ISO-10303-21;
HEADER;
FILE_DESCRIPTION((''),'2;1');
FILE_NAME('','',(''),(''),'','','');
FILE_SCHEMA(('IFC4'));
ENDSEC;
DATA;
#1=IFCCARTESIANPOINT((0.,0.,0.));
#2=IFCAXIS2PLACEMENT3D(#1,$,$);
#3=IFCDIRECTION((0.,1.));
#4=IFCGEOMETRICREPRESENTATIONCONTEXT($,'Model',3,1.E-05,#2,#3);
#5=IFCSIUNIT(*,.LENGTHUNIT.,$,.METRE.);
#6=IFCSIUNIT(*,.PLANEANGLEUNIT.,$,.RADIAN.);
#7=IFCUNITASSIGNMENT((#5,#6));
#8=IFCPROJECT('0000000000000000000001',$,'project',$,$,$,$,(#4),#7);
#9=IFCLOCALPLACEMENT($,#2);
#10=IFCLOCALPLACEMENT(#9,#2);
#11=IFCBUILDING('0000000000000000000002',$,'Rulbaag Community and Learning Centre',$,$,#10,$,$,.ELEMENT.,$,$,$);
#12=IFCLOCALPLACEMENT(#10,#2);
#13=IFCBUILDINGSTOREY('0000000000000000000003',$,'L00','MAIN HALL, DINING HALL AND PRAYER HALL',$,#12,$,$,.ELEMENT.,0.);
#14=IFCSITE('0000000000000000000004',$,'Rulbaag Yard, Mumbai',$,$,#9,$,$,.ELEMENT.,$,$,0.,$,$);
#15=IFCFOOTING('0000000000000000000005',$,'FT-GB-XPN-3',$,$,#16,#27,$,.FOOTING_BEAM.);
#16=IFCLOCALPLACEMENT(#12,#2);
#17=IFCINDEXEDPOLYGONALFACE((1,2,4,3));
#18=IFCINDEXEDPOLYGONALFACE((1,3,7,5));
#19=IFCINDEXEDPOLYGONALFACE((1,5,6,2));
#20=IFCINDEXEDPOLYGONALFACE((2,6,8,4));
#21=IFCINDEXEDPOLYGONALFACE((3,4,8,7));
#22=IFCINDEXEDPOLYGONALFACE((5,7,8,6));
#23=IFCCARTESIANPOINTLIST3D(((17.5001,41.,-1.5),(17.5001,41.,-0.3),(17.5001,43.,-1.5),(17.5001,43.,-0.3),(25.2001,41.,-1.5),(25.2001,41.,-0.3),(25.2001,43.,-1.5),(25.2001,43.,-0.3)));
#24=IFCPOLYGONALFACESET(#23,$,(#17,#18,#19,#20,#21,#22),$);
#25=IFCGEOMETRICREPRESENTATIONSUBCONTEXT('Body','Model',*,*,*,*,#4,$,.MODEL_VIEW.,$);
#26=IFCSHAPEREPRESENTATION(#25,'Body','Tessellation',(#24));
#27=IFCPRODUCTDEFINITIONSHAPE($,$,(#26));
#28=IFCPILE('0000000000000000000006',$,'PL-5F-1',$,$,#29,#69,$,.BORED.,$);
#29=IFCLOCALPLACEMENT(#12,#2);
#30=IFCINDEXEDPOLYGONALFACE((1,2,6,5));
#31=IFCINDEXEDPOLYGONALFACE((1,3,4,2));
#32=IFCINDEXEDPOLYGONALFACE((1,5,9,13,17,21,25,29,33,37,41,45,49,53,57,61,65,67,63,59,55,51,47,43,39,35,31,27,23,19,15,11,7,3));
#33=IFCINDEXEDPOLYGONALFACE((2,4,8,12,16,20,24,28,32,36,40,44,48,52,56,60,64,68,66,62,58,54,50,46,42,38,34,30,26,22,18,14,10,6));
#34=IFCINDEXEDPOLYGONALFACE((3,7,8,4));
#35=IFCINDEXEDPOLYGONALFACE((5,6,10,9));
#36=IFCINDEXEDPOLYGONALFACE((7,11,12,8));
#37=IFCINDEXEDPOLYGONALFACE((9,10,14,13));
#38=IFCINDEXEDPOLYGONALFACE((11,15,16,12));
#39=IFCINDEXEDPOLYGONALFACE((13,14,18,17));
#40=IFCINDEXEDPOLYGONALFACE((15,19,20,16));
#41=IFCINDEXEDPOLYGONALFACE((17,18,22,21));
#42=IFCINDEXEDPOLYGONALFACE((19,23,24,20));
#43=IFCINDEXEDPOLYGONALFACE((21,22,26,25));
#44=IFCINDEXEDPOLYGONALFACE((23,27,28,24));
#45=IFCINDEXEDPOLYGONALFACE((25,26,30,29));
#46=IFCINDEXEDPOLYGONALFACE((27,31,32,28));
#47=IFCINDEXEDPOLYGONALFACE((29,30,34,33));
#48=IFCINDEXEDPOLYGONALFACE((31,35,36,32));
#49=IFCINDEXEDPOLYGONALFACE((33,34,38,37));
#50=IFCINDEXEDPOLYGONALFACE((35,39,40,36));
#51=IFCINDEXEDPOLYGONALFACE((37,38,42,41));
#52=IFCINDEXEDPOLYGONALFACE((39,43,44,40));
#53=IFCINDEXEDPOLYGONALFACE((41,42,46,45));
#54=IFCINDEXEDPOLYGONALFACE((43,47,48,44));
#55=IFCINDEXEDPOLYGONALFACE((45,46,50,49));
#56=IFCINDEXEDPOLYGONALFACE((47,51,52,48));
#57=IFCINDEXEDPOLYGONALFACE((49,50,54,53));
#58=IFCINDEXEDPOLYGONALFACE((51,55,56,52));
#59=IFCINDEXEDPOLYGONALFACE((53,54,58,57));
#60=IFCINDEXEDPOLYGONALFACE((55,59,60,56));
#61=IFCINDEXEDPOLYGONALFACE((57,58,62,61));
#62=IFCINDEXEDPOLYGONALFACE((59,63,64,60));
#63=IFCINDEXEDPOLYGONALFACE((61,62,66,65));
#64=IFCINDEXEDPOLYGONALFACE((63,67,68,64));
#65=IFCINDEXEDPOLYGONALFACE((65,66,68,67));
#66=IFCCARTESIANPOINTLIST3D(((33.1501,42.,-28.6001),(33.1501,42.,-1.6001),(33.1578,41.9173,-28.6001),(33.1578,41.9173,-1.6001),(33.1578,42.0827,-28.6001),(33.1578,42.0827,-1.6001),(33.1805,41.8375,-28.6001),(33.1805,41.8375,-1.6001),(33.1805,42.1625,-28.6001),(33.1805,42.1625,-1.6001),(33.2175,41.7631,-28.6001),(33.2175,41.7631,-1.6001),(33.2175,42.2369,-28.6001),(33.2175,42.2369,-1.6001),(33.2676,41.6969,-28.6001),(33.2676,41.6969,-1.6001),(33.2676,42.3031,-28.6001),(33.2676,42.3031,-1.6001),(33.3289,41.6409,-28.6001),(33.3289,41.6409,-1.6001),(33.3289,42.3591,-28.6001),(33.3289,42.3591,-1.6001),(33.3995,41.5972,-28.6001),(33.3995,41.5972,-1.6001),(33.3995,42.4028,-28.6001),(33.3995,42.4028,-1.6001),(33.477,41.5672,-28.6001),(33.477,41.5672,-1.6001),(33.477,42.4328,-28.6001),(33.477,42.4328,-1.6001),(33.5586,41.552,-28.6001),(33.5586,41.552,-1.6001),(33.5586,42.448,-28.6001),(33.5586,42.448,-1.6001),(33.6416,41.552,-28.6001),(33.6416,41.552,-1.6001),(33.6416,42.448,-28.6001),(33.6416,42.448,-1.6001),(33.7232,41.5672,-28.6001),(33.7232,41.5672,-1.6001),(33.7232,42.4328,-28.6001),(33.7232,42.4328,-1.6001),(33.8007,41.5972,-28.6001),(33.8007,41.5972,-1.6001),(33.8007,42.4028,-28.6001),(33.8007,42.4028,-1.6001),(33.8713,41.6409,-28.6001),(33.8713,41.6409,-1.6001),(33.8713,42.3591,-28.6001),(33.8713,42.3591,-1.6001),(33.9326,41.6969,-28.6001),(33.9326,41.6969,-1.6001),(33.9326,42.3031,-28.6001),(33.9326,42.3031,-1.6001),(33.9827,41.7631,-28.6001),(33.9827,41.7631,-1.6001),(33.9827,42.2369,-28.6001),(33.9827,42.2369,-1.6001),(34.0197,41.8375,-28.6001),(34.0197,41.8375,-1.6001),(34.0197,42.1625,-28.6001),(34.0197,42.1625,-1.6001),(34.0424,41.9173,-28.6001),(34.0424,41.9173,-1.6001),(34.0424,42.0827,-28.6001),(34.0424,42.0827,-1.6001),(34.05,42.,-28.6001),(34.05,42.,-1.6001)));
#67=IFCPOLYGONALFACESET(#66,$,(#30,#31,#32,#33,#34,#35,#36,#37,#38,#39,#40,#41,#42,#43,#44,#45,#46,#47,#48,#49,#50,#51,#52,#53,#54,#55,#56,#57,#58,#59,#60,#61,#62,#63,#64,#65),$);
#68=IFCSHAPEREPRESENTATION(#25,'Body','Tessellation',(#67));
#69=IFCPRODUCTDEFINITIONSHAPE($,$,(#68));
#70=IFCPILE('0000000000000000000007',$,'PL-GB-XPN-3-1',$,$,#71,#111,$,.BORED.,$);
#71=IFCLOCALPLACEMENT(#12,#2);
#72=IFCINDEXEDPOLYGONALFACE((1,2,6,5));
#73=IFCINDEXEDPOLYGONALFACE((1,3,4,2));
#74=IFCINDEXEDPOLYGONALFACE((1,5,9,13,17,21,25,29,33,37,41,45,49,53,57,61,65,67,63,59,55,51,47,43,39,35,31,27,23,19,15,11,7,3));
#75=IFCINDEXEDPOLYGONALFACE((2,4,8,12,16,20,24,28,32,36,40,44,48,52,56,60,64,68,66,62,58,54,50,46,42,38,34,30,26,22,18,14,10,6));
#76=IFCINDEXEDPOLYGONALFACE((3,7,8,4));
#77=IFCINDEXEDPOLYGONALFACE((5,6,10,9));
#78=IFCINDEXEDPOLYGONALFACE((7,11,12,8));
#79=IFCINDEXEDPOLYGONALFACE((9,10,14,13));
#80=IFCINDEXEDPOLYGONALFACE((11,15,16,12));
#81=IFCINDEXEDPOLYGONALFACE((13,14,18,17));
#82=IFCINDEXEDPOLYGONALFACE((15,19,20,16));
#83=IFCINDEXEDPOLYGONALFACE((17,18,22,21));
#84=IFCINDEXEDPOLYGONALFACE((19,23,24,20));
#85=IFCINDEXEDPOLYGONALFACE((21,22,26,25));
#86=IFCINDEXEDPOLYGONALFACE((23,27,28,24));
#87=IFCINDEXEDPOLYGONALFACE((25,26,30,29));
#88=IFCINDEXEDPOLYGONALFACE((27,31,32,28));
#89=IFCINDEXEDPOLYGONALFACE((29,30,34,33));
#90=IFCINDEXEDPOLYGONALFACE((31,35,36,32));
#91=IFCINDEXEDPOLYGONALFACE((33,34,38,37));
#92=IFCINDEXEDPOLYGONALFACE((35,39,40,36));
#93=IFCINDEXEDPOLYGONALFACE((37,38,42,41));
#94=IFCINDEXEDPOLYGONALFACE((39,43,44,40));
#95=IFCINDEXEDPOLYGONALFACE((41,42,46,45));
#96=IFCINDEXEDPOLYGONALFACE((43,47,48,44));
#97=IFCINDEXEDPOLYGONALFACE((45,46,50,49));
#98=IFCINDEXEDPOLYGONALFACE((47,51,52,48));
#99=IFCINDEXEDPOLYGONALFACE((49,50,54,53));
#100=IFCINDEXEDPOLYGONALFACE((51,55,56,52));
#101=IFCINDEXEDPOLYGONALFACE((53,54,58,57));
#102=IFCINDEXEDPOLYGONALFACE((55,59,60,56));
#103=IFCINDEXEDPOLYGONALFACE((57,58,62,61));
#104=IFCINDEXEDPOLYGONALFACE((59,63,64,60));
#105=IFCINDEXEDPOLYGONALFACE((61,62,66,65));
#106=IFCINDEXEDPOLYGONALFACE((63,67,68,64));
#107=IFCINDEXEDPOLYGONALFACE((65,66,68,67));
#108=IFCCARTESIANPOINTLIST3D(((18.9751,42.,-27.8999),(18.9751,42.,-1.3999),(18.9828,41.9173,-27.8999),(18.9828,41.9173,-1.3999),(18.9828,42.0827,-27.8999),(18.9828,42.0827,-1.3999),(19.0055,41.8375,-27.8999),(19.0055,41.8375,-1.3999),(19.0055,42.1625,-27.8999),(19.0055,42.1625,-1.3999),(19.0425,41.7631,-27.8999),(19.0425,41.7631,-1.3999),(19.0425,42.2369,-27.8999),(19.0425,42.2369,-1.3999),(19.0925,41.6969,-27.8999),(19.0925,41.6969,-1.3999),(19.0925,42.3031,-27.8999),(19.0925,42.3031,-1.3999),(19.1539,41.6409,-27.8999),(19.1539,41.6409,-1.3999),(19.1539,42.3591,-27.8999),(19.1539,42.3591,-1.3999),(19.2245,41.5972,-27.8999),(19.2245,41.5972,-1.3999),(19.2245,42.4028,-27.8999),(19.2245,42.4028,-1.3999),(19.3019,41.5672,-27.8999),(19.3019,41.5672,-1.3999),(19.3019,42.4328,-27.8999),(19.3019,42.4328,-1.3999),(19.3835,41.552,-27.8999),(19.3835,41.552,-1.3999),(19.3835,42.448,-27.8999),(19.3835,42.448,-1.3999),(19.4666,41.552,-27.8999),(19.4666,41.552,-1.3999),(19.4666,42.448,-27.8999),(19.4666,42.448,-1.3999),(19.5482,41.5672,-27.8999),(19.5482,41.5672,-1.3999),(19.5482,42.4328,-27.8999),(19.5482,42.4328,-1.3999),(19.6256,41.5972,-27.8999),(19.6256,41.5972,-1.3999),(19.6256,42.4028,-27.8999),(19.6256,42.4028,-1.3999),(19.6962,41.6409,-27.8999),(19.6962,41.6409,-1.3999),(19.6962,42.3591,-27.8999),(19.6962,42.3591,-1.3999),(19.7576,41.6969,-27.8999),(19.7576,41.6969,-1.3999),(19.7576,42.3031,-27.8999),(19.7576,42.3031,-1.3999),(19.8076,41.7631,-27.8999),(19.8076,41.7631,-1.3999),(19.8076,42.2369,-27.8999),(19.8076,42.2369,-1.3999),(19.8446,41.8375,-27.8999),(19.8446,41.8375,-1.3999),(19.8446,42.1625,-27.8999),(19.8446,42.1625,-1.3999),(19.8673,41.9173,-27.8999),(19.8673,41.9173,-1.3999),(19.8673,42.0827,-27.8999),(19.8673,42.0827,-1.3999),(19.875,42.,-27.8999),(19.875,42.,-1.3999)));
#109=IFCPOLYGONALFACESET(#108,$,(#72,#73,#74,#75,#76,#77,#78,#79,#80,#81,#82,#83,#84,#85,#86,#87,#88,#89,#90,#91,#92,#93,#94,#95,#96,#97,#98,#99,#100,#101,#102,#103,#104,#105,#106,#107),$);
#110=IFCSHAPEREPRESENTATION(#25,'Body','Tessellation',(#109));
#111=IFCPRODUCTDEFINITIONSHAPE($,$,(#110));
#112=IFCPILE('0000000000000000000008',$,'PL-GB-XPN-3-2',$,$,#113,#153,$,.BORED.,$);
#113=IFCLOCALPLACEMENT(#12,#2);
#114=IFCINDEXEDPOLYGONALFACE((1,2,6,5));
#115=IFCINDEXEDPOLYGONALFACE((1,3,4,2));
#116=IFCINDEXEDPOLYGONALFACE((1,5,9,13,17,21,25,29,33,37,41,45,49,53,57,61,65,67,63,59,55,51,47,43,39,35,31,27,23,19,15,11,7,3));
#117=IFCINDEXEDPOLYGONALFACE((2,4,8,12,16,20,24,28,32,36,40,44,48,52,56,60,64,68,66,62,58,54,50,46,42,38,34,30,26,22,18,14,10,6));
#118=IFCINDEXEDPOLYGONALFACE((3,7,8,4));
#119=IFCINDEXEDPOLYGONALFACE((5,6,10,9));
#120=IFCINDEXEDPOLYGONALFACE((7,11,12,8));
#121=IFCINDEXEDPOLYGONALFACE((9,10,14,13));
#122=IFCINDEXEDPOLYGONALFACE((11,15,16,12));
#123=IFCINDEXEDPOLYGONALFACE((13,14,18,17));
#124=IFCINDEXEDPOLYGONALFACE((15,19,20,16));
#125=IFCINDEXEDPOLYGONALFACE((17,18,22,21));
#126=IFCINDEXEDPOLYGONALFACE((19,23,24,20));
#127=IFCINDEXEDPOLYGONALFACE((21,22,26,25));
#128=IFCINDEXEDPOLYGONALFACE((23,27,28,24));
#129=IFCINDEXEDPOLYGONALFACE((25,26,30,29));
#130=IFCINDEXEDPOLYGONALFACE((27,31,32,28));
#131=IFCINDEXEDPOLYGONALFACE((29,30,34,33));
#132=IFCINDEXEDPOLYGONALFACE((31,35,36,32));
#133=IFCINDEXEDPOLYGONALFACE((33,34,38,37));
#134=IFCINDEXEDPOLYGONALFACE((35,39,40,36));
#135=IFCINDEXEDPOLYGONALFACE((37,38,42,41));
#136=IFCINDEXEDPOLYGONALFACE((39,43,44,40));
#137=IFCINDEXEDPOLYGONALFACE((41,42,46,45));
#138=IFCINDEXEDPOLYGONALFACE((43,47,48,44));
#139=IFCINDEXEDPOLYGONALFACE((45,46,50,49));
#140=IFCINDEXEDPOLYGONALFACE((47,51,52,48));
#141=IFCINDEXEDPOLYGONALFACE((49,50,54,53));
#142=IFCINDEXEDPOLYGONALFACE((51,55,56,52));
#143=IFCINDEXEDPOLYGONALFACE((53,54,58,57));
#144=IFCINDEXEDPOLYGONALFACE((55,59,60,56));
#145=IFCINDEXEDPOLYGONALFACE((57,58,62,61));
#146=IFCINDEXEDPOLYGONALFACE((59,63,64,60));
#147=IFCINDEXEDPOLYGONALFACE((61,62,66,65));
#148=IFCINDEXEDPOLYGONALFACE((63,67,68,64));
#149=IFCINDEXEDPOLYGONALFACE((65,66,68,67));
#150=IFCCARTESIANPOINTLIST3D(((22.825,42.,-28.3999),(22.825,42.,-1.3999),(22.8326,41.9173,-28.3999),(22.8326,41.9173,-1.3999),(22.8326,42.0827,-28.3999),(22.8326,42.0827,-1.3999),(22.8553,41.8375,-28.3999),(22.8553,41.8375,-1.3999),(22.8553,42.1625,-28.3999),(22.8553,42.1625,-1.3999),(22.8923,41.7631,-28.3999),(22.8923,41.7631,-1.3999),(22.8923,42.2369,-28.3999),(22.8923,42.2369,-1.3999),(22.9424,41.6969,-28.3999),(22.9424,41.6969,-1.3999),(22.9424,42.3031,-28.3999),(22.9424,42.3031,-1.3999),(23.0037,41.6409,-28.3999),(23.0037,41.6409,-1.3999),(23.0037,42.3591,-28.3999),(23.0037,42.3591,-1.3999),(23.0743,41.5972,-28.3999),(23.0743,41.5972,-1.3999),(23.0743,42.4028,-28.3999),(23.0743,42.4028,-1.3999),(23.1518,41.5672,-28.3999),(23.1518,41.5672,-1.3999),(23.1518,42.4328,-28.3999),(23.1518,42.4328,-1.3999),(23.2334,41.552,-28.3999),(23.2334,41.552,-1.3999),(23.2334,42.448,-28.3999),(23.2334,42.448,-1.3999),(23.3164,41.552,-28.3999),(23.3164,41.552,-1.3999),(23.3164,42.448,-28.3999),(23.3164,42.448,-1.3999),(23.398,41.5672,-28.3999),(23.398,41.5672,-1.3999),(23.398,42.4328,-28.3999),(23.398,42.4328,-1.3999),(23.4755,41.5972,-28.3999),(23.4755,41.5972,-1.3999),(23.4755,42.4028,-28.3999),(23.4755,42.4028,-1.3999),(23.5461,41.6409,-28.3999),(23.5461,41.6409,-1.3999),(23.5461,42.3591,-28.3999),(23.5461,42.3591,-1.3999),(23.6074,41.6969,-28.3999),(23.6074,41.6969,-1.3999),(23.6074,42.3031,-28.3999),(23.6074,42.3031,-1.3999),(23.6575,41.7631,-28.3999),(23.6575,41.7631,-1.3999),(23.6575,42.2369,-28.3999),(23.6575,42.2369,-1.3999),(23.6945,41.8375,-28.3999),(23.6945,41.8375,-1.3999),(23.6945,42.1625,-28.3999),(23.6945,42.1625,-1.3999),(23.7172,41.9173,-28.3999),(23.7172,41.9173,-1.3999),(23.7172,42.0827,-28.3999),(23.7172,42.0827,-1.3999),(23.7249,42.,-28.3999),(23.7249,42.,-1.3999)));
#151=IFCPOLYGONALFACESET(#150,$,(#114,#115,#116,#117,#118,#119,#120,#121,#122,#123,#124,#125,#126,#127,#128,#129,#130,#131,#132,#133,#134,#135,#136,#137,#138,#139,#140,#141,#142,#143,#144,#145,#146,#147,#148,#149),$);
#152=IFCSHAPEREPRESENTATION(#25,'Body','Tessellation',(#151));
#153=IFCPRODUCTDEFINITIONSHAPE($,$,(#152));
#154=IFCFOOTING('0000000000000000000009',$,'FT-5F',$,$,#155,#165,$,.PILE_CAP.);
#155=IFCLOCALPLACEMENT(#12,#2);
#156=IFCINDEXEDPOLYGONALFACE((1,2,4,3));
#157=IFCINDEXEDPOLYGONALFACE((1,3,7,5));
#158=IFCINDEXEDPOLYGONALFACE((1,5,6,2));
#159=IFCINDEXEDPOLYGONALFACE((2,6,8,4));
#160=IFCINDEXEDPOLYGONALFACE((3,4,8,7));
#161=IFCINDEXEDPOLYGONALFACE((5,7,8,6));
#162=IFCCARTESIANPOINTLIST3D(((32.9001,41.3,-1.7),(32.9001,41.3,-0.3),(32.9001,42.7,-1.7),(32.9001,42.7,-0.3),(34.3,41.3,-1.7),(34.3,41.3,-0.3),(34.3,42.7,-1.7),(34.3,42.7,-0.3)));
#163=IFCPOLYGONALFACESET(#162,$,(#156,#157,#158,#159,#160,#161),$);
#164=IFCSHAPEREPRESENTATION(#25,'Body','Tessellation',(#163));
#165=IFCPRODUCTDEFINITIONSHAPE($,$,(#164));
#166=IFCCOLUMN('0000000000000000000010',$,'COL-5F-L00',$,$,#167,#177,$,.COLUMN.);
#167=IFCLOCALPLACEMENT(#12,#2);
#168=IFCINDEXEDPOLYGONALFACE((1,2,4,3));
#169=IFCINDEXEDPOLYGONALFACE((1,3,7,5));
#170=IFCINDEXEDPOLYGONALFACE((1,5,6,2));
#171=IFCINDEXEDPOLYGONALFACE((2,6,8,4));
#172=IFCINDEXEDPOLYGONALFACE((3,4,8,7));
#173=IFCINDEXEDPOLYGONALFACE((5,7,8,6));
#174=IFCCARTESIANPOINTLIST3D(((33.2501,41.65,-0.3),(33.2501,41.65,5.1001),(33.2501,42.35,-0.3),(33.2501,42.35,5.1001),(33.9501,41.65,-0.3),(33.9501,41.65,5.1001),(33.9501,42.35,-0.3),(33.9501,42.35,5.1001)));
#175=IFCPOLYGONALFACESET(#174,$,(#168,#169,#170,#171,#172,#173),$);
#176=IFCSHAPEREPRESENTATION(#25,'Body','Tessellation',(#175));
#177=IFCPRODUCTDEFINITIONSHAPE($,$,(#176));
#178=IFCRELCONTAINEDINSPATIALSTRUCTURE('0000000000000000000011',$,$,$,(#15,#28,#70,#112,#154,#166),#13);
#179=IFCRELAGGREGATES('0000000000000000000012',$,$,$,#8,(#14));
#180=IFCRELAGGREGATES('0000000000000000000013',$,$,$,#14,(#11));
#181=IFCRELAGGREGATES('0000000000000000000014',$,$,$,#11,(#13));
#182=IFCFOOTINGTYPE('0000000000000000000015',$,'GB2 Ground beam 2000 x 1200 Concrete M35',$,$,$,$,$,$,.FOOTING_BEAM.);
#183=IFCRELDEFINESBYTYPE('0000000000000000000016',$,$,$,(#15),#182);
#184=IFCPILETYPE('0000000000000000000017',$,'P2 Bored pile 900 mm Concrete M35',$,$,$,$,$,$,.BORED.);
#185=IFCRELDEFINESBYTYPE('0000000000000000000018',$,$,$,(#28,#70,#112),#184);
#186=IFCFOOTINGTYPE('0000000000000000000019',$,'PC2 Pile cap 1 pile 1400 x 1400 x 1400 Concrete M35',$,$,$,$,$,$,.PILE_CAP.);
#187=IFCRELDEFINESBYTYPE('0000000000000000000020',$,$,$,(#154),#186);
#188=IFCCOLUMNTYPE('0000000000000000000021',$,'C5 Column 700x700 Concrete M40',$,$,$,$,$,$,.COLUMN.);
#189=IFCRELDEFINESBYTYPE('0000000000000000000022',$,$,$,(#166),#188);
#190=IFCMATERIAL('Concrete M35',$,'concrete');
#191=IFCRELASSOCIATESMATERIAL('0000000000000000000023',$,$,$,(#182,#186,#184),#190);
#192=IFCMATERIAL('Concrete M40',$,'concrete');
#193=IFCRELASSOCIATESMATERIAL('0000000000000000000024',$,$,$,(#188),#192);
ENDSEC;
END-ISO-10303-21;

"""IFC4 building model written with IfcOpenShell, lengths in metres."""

from ifc_helpers import new_model, si_unit, direction, frame, origin, origin_2d, place, context, subcontext, project, spatial, rectangle, circle, extrude, material, material_profile, profile_set, type_object, element, save


model = new_model("IFC4")

# Units and contexts
model_context = context("Model", 3, precision=1e-05, world=origin(), true_north=direction((0.0, 1.0)))
body_context = subcontext(model_context, "Body", "Model", "MODEL_VIEW")
ifc_project = project(units=[si_unit("LENGTHUNIT", "METRE"), si_unit("PLANEANGLEUNIT", "RADIAN")], contexts=[model_context])

# Site, building, storey
site_placement = place(None, origin())
site = spatial("IfcSite", under=ifc_project, at=site_placement, Name="Rulbaag Yard, Mumbai", CompositionType="ELEMENT", RefElevation=0.0)
building_placement = place(site_placement, origin())
building = spatial("IfcBuilding", under=site, at=building_placement, Name="Rulbaag Community and Learning Centre", CompositionType="ELEMENT")
storey_placement = place(building_placement, origin())
storey = spatial("IfcBuildingStorey", under=building, at=storey_placement, Name="L00", Description="MAIN HALL, DINING HALL AND PRAYER HALL", CompositionType="ELEMENT", Elevation=0.0)

# Footing
ifc_material_1 = material(Name="Concrete M35", Category="concrete")
footing_type_1 = type_object("IfcFootingType", Name="GB2 Ground beam 2000 x 1200 Concrete M35", PredefinedType="FOOTING_BEAM", material=ifc_material_1)
footing_1_placement = place(storey_placement, frame((21.3501, 42.0, -1.5), z_axis=(0.0, 0.0, 1.0), x_axis=(1.0, 0.0, 0.0)))
element("IfcFooting", 1, at=footing_1_placement, inside=storey, type_object=footing_type_1, Name="FT-GB-XPN-3", PredefinedType="FOOTING_BEAM", context=body_context, shape_type="SweptSolid", body=[
    extrude(rectangle(XDim=7.7, YDim=2.0, at=origin_2d()), origin(), (0.0, 0.0, 1.0), 1.2),
])

# Piles
ifc_material_profile_1 = material_profile(ifc_material_1, circle(Radius=0.45, at=origin_2d()), Name="BP900")
ifc_profile_set_1 = profile_set([ifc_material_profile_1], Name="Concrete M35")
pile_type = type_object("IfcPileType", Name="P2 Bored pile 900 mm Concrete M35", PredefinedType="BORED", material=ifc_profile_set_1)
pile_1_placement = place(storey_placement, frame((33.6001, 42.0, -1.6001), z_axis=(0.0, 0.0, -1.0), x_axis=(1.0, 0.0, 0.0)))
element("IfcPile", 2, at=pile_1_placement, inside=storey, type_object=pile_type, Name="PL-5F-1", PredefinedType="BORED", context=body_context, shape_type="SweptSolid", body=[
    extrude(circle(Radius=0.45, at=origin_2d()), origin(), (0.0, 0.0, 1.0), 27.0),
])
pile_2_placement = place(storey_placement, frame((19.425, 42.0, -1.3999), z_axis=(0.0, 0.0, -1.0), x_axis=(1.0, 0.0, 0.0)))
element("IfcPile", 3, at=pile_2_placement, inside=storey, type_object=pile_type, Name="PL-GB-XPN-3-1", PredefinedType="BORED", context=body_context, shape_type="SweptSolid", body=[
    extrude(circle(Radius=0.45, at=origin_2d()), origin(), (0.0, 0.0, 1.0), 26.5),
])
pile_3_placement = place(storey_placement, frame((23.2749, 42.0, -1.3999), z_axis=(0.0, 0.0, -1.0), x_axis=(1.0, 0.0, 0.0)))
element("IfcPile", 4, at=pile_3_placement, inside=storey, type_object=pile_type, Name="PL-GB-XPN-3-2", PredefinedType="BORED", context=body_context, shape_type="SweptSolid", body=[
    extrude(circle(Radius=0.45, at=origin_2d()), origin(), (0.0, 0.0, 1.0), 27.0),
])

# Footing
footing_type_2 = type_object("IfcFootingType", Name="PC2 Pile cap 1 pile 1400 x 1400 x 1400 Concrete M35", PredefinedType="PILE_CAP", material=ifc_material_1)
footing_2_placement = place(storey_placement, frame((33.6001, 42.0, -1.7), z_axis=(0.0, 0.0, 1.0), x_axis=(1.0, 0.0, 0.0)))
element("IfcFooting", 5, at=footing_2_placement, inside=storey, type_object=footing_type_2, Name="FT-5F", PredefinedType="PILE_CAP", context=body_context, shape_type="SweptSolid", body=[
    extrude(rectangle(XDim=1.3999, YDim=1.3999, at=origin_2d()), origin(), (0.0, 0.0, 1.0), 1.3999),
])

# Column
ifc_material_2 = material(Name="Concrete M40", Category="concrete")
ifc_material_profile_2 = material_profile(ifc_material_2, rectangle(XDim=0.7, YDim=0.7, at=origin_2d()), Name="RC700x700")
ifc_profile_set_2 = profile_set([ifc_material_profile_2], Name="Concrete M40")
column_type = type_object("IfcColumnType", Name="C5 Column 700x700 Concrete M40", PredefinedType="COLUMN", material=ifc_profile_set_2)
column_placement = place(storey_placement, frame((33.6001, 42.0, -0.3), z_axis=(0.0, 0.0, 1.0), x_axis=(1.0, 0.0, 0.0)))
element("IfcColumn", 6, at=column_placement, inside=storey, type_object=column_type, Name="COL-5F-L00", PredefinedType="COLUMN", context=body_context, shape_type="SweptSolid", body=[
    extrude(rectangle(XDim=0.7, YDim=0.7, at=origin_2d()), origin(), (0.0, 0.0, 1.0), 5.4001),
])

save(model, "model.ifc")
